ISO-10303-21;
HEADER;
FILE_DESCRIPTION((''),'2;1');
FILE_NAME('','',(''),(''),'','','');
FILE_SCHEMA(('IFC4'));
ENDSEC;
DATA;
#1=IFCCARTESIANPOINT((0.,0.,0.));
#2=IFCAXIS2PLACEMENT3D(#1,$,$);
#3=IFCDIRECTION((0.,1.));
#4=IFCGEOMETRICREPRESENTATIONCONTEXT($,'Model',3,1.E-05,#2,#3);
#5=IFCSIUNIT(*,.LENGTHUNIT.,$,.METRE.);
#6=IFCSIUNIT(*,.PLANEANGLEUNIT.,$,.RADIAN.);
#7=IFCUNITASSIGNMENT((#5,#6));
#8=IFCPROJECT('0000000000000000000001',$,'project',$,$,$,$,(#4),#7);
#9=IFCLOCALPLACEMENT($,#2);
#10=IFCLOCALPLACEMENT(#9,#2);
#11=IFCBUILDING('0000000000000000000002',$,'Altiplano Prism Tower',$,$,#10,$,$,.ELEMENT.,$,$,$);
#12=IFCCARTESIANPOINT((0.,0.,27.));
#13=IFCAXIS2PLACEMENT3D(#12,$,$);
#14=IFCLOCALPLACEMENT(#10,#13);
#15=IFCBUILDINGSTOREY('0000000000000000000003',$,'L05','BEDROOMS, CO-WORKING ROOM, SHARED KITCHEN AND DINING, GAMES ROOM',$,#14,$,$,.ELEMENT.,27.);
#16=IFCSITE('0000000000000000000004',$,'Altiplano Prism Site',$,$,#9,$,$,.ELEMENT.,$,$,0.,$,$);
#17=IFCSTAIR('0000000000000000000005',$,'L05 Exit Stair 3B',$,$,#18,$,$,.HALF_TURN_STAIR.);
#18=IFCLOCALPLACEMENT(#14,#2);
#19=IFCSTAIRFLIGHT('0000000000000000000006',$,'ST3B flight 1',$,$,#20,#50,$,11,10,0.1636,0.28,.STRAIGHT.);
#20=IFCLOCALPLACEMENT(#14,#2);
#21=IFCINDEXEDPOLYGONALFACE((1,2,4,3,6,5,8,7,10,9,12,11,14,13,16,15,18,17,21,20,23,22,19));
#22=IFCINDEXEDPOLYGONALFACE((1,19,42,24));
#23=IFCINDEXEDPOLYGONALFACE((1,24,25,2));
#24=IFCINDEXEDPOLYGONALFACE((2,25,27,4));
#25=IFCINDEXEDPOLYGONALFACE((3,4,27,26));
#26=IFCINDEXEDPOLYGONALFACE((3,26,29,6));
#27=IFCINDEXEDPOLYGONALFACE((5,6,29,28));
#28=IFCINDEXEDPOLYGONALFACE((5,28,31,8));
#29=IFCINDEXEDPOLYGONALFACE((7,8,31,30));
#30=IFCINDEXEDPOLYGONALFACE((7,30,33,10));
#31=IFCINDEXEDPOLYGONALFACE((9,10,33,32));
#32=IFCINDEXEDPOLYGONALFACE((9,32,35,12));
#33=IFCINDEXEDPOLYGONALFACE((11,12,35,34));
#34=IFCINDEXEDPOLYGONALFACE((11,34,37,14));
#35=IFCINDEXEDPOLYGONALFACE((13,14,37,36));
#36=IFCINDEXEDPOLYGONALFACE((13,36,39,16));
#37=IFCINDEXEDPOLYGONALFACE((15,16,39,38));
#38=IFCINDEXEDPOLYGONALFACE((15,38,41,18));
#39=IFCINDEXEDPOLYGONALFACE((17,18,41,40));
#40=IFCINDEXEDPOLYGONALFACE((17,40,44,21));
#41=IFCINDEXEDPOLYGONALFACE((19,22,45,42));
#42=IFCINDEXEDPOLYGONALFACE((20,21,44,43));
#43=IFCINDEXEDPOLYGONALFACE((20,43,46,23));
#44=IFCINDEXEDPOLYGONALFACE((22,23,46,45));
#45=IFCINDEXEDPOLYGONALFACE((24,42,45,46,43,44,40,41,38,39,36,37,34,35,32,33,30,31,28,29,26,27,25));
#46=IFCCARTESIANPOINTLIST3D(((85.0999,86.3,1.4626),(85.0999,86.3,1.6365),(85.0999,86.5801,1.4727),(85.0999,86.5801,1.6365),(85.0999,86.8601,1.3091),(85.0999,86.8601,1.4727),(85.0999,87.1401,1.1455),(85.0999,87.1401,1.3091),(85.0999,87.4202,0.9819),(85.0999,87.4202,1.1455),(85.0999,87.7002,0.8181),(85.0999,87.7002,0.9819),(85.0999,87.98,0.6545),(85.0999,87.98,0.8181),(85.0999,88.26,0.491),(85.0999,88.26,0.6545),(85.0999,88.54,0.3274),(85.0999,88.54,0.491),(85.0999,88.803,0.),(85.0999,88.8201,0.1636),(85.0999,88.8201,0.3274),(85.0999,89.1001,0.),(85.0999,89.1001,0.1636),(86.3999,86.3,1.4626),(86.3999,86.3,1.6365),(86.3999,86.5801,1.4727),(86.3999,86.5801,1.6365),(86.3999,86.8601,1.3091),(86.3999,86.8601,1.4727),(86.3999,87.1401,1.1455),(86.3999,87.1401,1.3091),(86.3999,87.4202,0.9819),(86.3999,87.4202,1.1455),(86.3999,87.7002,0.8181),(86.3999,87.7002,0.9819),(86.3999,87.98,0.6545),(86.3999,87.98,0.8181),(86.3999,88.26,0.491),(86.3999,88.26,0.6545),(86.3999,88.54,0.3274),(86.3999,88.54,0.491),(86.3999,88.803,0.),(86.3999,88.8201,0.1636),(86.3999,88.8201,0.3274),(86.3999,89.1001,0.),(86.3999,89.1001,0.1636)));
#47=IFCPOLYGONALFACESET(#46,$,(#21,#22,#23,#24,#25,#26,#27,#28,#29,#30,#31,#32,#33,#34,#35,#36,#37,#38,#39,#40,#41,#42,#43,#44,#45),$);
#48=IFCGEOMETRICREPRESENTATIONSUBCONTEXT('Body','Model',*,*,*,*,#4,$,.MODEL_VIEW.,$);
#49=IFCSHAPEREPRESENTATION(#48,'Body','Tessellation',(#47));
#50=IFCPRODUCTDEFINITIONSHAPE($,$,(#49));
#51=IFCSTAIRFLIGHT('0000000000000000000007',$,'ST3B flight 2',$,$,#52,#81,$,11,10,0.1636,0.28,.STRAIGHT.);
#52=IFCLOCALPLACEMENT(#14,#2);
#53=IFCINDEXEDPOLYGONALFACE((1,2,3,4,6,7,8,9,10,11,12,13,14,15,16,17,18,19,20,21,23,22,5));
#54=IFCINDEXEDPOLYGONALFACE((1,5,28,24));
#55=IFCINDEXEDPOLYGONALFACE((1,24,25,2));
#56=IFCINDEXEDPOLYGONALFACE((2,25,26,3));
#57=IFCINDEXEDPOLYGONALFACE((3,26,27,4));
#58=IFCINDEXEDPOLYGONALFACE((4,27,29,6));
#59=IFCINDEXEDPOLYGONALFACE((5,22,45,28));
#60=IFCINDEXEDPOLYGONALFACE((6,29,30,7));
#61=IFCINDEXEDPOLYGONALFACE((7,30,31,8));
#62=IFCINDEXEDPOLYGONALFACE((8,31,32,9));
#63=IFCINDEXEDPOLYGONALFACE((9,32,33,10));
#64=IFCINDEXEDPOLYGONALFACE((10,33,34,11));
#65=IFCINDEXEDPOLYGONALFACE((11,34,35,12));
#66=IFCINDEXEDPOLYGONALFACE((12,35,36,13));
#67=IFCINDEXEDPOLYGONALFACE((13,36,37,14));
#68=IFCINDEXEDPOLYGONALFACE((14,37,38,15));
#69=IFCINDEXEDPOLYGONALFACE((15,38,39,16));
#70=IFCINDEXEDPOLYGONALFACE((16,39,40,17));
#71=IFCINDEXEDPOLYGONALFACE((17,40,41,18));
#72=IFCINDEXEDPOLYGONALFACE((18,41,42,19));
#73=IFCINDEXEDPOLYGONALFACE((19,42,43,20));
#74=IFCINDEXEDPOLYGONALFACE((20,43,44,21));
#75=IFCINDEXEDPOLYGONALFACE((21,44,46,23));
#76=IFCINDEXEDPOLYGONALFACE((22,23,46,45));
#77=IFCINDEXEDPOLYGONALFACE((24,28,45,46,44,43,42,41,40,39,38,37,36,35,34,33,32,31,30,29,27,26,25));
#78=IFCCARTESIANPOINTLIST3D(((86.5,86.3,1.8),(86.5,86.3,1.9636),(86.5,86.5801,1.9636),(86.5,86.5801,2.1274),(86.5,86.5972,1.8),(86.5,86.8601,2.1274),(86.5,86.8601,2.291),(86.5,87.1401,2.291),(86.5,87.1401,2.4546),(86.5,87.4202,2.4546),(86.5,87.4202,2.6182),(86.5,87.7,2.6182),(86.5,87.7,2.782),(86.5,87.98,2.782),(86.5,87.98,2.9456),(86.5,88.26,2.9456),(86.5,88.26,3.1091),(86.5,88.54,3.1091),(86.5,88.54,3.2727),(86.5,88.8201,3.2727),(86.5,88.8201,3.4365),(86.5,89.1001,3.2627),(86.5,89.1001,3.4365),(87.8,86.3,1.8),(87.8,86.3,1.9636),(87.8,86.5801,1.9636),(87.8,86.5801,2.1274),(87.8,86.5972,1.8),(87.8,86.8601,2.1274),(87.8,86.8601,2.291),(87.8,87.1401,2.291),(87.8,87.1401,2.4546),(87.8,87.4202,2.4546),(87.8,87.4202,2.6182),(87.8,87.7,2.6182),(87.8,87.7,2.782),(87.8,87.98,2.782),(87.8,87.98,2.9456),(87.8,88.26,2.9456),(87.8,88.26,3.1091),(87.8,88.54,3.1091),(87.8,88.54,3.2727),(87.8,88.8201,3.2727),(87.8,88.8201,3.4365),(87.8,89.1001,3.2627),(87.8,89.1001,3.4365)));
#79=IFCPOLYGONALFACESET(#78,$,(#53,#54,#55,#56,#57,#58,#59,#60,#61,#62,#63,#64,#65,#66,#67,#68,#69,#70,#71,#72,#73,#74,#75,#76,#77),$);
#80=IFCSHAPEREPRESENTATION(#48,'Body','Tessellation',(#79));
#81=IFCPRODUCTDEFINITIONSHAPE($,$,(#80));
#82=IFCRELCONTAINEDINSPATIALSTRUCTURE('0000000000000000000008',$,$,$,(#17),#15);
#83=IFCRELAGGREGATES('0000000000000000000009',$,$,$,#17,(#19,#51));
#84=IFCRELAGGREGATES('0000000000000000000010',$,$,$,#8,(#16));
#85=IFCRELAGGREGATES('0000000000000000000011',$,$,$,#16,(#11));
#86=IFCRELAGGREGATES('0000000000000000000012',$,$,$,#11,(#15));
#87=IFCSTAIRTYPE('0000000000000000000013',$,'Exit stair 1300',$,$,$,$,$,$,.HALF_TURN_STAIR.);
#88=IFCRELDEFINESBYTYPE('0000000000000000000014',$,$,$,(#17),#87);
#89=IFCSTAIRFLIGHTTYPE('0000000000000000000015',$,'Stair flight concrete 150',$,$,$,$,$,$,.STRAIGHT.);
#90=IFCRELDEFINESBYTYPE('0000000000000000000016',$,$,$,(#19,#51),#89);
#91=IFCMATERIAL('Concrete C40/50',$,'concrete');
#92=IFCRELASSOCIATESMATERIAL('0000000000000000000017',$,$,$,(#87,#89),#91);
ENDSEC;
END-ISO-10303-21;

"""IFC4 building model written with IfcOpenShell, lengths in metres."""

from ifc_helpers import new_model, si_unit, direction, frame, origin, place, context, subcontext, project, spatial, polyline, outline, extrude, material, type_object, element, aggregate, save


model = new_model("IFC4")

# Units and contexts
model_context = context("Model", 3, precision=1e-05, world=origin(), true_north=direction((0.0, 1.0)))
body_context = subcontext(model_context, "Body", "Model", "MODEL_VIEW")
ifc_project = project(units=[si_unit("LENGTHUNIT", "METRE"), si_unit("PLANEANGLEUNIT", "RADIAN")], contexts=[model_context])

# Site, building, storey
site_placement = place(None, origin())
site = spatial("IfcSite", under=ifc_project, at=site_placement, Name="Altiplano Prism Site", CompositionType="ELEMENT", RefElevation=0.0)
building_placement = place(site_placement, origin())
building = spatial("IfcBuilding", under=site, at=building_placement, Name="Altiplano Prism Tower", CompositionType="ELEMENT")
storey_placement = place(building_placement, frame((0.0, 0.0, 27.0)))
storey = spatial("IfcBuildingStorey", under=building, at=storey_placement, Name="L05", Description="BEDROOMS, CO-WORKING ROOM, SHARED KITCHEN AND DINING, GAMES ROOM", CompositionType="ELEMENT", Elevation=27.0)

# Stair, stair flights
ifc_material_1 = material(Name="Concrete C40/50", Category="concrete")
stair_type = type_object("IfcStairType", Name="Exit stair 1300", PredefinedType="HALF_TURN_STAIR", material=ifc_material_1)
stair_flight_type = type_object("IfcStairFlightType", Name="Stair flight concrete 150", PredefinedType="STRAIGHT", material=ifc_material_1)
stair_1_placement = place(storey_placement, origin())
stair_1 = element("IfcStair", 1, at=stair_1_placement, inside=storey, type_object=stair_type, Name="L05 Exit Stair 3B", PredefinedType="HALF_TURN_STAIR")
stair_flight_1_placement = place(storey_placement, frame((85.75, 89.1001, 0.0), z_axis=(0.0, 0.0, 1.0), x_axis=(0.0, -1.0, 0.0)))
stair_flight_1 = element("IfcStairFlight", 2, at=stair_flight_1_placement, type_object=stair_flight_type, Name="ST3B flight 1", NumberOfRisers=11, NumberOfTreads=10, PredefinedType="STRAIGHT", RiserHeight=0.1636, TreadLength=0.28, context=body_context, shape_type="SweptSolid", body=[
    extrude(outline(polyline([(0.0, 0.0), (0.0, 0.1636), (0.28, 0.1636), (0.28, 0.3274), (0.5601, 0.3274), (0.5601, 0.491), (0.8401, 0.491), (0.8401, 0.6545), (1.1201, 0.6545), (1.1201, 0.8181), (1.3999, 0.8181), (1.3999, 0.9819), (1.6799, 0.9819), (1.6799, 1.1455), (1.96, 1.1455), (1.96, 1.3091), (2.24, 1.3091), (2.24, 1.4727), (2.52, 1.4727), (2.52, 1.6365), (2.8, 1.6365), (2.8, 1.8), (2.8, 1.4626), (0.2971, 0.0), (0.0, 0.0)])), frame((0.0, 0.6499, 0.0), z_axis=(0.0, -1.0, 0.0), x_axis=(1.0, 0.0, 0.0)), (0.0, 0.0, 1.0), 1.3),
])
stair_flight_2_placement = place(storey_placement, frame((87.1499, 86.3, 1.8), z_axis=(0.0, 0.0, 1.0), x_axis=(0.0, 1.0, 0.0)))
stair_flight_2 = element("IfcStairFlight", 3, at=stair_flight_2_placement, type_object=stair_flight_type, Name="ST3B flight 2", NumberOfRisers=11, NumberOfTreads=10, PredefinedType="STRAIGHT", RiserHeight=0.1636, TreadLength=0.28, context=body_context, shape_type="SweptSolid", body=[
    extrude(outline(polyline([(0.0, 0.0), (0.0, 0.1636), (0.28, 0.1636), (0.28, 0.3274), (0.5601, 0.3274), (0.5601, 0.491), (0.8401, 0.491), (0.8401, 0.6545), (1.1201, 0.6545), (1.1201, 0.8181), (1.3999, 0.8181), (1.3999, 0.9819), (1.6799, 0.9819), (1.6799, 1.1455), (1.96, 1.1455), (1.96, 1.3091), (2.24, 1.3091), (2.24, 1.4727), (2.52, 1.4727), (2.52, 1.6365), (2.8, 1.6365), (2.8, 1.8), (2.8, 1.4626), (0.2971, 0.0), (0.0, 0.0)])), frame((0.0, 0.6499, 0.0), z_axis=(0.0, -1.0, 0.0), x_axis=(1.0, 0.0, 0.0)), (0.0, 0.0, 1.0), 1.3),
])
aggregate(stair_1, [stair_flight_1, stair_flight_2])

save(model, "model.ifc")
